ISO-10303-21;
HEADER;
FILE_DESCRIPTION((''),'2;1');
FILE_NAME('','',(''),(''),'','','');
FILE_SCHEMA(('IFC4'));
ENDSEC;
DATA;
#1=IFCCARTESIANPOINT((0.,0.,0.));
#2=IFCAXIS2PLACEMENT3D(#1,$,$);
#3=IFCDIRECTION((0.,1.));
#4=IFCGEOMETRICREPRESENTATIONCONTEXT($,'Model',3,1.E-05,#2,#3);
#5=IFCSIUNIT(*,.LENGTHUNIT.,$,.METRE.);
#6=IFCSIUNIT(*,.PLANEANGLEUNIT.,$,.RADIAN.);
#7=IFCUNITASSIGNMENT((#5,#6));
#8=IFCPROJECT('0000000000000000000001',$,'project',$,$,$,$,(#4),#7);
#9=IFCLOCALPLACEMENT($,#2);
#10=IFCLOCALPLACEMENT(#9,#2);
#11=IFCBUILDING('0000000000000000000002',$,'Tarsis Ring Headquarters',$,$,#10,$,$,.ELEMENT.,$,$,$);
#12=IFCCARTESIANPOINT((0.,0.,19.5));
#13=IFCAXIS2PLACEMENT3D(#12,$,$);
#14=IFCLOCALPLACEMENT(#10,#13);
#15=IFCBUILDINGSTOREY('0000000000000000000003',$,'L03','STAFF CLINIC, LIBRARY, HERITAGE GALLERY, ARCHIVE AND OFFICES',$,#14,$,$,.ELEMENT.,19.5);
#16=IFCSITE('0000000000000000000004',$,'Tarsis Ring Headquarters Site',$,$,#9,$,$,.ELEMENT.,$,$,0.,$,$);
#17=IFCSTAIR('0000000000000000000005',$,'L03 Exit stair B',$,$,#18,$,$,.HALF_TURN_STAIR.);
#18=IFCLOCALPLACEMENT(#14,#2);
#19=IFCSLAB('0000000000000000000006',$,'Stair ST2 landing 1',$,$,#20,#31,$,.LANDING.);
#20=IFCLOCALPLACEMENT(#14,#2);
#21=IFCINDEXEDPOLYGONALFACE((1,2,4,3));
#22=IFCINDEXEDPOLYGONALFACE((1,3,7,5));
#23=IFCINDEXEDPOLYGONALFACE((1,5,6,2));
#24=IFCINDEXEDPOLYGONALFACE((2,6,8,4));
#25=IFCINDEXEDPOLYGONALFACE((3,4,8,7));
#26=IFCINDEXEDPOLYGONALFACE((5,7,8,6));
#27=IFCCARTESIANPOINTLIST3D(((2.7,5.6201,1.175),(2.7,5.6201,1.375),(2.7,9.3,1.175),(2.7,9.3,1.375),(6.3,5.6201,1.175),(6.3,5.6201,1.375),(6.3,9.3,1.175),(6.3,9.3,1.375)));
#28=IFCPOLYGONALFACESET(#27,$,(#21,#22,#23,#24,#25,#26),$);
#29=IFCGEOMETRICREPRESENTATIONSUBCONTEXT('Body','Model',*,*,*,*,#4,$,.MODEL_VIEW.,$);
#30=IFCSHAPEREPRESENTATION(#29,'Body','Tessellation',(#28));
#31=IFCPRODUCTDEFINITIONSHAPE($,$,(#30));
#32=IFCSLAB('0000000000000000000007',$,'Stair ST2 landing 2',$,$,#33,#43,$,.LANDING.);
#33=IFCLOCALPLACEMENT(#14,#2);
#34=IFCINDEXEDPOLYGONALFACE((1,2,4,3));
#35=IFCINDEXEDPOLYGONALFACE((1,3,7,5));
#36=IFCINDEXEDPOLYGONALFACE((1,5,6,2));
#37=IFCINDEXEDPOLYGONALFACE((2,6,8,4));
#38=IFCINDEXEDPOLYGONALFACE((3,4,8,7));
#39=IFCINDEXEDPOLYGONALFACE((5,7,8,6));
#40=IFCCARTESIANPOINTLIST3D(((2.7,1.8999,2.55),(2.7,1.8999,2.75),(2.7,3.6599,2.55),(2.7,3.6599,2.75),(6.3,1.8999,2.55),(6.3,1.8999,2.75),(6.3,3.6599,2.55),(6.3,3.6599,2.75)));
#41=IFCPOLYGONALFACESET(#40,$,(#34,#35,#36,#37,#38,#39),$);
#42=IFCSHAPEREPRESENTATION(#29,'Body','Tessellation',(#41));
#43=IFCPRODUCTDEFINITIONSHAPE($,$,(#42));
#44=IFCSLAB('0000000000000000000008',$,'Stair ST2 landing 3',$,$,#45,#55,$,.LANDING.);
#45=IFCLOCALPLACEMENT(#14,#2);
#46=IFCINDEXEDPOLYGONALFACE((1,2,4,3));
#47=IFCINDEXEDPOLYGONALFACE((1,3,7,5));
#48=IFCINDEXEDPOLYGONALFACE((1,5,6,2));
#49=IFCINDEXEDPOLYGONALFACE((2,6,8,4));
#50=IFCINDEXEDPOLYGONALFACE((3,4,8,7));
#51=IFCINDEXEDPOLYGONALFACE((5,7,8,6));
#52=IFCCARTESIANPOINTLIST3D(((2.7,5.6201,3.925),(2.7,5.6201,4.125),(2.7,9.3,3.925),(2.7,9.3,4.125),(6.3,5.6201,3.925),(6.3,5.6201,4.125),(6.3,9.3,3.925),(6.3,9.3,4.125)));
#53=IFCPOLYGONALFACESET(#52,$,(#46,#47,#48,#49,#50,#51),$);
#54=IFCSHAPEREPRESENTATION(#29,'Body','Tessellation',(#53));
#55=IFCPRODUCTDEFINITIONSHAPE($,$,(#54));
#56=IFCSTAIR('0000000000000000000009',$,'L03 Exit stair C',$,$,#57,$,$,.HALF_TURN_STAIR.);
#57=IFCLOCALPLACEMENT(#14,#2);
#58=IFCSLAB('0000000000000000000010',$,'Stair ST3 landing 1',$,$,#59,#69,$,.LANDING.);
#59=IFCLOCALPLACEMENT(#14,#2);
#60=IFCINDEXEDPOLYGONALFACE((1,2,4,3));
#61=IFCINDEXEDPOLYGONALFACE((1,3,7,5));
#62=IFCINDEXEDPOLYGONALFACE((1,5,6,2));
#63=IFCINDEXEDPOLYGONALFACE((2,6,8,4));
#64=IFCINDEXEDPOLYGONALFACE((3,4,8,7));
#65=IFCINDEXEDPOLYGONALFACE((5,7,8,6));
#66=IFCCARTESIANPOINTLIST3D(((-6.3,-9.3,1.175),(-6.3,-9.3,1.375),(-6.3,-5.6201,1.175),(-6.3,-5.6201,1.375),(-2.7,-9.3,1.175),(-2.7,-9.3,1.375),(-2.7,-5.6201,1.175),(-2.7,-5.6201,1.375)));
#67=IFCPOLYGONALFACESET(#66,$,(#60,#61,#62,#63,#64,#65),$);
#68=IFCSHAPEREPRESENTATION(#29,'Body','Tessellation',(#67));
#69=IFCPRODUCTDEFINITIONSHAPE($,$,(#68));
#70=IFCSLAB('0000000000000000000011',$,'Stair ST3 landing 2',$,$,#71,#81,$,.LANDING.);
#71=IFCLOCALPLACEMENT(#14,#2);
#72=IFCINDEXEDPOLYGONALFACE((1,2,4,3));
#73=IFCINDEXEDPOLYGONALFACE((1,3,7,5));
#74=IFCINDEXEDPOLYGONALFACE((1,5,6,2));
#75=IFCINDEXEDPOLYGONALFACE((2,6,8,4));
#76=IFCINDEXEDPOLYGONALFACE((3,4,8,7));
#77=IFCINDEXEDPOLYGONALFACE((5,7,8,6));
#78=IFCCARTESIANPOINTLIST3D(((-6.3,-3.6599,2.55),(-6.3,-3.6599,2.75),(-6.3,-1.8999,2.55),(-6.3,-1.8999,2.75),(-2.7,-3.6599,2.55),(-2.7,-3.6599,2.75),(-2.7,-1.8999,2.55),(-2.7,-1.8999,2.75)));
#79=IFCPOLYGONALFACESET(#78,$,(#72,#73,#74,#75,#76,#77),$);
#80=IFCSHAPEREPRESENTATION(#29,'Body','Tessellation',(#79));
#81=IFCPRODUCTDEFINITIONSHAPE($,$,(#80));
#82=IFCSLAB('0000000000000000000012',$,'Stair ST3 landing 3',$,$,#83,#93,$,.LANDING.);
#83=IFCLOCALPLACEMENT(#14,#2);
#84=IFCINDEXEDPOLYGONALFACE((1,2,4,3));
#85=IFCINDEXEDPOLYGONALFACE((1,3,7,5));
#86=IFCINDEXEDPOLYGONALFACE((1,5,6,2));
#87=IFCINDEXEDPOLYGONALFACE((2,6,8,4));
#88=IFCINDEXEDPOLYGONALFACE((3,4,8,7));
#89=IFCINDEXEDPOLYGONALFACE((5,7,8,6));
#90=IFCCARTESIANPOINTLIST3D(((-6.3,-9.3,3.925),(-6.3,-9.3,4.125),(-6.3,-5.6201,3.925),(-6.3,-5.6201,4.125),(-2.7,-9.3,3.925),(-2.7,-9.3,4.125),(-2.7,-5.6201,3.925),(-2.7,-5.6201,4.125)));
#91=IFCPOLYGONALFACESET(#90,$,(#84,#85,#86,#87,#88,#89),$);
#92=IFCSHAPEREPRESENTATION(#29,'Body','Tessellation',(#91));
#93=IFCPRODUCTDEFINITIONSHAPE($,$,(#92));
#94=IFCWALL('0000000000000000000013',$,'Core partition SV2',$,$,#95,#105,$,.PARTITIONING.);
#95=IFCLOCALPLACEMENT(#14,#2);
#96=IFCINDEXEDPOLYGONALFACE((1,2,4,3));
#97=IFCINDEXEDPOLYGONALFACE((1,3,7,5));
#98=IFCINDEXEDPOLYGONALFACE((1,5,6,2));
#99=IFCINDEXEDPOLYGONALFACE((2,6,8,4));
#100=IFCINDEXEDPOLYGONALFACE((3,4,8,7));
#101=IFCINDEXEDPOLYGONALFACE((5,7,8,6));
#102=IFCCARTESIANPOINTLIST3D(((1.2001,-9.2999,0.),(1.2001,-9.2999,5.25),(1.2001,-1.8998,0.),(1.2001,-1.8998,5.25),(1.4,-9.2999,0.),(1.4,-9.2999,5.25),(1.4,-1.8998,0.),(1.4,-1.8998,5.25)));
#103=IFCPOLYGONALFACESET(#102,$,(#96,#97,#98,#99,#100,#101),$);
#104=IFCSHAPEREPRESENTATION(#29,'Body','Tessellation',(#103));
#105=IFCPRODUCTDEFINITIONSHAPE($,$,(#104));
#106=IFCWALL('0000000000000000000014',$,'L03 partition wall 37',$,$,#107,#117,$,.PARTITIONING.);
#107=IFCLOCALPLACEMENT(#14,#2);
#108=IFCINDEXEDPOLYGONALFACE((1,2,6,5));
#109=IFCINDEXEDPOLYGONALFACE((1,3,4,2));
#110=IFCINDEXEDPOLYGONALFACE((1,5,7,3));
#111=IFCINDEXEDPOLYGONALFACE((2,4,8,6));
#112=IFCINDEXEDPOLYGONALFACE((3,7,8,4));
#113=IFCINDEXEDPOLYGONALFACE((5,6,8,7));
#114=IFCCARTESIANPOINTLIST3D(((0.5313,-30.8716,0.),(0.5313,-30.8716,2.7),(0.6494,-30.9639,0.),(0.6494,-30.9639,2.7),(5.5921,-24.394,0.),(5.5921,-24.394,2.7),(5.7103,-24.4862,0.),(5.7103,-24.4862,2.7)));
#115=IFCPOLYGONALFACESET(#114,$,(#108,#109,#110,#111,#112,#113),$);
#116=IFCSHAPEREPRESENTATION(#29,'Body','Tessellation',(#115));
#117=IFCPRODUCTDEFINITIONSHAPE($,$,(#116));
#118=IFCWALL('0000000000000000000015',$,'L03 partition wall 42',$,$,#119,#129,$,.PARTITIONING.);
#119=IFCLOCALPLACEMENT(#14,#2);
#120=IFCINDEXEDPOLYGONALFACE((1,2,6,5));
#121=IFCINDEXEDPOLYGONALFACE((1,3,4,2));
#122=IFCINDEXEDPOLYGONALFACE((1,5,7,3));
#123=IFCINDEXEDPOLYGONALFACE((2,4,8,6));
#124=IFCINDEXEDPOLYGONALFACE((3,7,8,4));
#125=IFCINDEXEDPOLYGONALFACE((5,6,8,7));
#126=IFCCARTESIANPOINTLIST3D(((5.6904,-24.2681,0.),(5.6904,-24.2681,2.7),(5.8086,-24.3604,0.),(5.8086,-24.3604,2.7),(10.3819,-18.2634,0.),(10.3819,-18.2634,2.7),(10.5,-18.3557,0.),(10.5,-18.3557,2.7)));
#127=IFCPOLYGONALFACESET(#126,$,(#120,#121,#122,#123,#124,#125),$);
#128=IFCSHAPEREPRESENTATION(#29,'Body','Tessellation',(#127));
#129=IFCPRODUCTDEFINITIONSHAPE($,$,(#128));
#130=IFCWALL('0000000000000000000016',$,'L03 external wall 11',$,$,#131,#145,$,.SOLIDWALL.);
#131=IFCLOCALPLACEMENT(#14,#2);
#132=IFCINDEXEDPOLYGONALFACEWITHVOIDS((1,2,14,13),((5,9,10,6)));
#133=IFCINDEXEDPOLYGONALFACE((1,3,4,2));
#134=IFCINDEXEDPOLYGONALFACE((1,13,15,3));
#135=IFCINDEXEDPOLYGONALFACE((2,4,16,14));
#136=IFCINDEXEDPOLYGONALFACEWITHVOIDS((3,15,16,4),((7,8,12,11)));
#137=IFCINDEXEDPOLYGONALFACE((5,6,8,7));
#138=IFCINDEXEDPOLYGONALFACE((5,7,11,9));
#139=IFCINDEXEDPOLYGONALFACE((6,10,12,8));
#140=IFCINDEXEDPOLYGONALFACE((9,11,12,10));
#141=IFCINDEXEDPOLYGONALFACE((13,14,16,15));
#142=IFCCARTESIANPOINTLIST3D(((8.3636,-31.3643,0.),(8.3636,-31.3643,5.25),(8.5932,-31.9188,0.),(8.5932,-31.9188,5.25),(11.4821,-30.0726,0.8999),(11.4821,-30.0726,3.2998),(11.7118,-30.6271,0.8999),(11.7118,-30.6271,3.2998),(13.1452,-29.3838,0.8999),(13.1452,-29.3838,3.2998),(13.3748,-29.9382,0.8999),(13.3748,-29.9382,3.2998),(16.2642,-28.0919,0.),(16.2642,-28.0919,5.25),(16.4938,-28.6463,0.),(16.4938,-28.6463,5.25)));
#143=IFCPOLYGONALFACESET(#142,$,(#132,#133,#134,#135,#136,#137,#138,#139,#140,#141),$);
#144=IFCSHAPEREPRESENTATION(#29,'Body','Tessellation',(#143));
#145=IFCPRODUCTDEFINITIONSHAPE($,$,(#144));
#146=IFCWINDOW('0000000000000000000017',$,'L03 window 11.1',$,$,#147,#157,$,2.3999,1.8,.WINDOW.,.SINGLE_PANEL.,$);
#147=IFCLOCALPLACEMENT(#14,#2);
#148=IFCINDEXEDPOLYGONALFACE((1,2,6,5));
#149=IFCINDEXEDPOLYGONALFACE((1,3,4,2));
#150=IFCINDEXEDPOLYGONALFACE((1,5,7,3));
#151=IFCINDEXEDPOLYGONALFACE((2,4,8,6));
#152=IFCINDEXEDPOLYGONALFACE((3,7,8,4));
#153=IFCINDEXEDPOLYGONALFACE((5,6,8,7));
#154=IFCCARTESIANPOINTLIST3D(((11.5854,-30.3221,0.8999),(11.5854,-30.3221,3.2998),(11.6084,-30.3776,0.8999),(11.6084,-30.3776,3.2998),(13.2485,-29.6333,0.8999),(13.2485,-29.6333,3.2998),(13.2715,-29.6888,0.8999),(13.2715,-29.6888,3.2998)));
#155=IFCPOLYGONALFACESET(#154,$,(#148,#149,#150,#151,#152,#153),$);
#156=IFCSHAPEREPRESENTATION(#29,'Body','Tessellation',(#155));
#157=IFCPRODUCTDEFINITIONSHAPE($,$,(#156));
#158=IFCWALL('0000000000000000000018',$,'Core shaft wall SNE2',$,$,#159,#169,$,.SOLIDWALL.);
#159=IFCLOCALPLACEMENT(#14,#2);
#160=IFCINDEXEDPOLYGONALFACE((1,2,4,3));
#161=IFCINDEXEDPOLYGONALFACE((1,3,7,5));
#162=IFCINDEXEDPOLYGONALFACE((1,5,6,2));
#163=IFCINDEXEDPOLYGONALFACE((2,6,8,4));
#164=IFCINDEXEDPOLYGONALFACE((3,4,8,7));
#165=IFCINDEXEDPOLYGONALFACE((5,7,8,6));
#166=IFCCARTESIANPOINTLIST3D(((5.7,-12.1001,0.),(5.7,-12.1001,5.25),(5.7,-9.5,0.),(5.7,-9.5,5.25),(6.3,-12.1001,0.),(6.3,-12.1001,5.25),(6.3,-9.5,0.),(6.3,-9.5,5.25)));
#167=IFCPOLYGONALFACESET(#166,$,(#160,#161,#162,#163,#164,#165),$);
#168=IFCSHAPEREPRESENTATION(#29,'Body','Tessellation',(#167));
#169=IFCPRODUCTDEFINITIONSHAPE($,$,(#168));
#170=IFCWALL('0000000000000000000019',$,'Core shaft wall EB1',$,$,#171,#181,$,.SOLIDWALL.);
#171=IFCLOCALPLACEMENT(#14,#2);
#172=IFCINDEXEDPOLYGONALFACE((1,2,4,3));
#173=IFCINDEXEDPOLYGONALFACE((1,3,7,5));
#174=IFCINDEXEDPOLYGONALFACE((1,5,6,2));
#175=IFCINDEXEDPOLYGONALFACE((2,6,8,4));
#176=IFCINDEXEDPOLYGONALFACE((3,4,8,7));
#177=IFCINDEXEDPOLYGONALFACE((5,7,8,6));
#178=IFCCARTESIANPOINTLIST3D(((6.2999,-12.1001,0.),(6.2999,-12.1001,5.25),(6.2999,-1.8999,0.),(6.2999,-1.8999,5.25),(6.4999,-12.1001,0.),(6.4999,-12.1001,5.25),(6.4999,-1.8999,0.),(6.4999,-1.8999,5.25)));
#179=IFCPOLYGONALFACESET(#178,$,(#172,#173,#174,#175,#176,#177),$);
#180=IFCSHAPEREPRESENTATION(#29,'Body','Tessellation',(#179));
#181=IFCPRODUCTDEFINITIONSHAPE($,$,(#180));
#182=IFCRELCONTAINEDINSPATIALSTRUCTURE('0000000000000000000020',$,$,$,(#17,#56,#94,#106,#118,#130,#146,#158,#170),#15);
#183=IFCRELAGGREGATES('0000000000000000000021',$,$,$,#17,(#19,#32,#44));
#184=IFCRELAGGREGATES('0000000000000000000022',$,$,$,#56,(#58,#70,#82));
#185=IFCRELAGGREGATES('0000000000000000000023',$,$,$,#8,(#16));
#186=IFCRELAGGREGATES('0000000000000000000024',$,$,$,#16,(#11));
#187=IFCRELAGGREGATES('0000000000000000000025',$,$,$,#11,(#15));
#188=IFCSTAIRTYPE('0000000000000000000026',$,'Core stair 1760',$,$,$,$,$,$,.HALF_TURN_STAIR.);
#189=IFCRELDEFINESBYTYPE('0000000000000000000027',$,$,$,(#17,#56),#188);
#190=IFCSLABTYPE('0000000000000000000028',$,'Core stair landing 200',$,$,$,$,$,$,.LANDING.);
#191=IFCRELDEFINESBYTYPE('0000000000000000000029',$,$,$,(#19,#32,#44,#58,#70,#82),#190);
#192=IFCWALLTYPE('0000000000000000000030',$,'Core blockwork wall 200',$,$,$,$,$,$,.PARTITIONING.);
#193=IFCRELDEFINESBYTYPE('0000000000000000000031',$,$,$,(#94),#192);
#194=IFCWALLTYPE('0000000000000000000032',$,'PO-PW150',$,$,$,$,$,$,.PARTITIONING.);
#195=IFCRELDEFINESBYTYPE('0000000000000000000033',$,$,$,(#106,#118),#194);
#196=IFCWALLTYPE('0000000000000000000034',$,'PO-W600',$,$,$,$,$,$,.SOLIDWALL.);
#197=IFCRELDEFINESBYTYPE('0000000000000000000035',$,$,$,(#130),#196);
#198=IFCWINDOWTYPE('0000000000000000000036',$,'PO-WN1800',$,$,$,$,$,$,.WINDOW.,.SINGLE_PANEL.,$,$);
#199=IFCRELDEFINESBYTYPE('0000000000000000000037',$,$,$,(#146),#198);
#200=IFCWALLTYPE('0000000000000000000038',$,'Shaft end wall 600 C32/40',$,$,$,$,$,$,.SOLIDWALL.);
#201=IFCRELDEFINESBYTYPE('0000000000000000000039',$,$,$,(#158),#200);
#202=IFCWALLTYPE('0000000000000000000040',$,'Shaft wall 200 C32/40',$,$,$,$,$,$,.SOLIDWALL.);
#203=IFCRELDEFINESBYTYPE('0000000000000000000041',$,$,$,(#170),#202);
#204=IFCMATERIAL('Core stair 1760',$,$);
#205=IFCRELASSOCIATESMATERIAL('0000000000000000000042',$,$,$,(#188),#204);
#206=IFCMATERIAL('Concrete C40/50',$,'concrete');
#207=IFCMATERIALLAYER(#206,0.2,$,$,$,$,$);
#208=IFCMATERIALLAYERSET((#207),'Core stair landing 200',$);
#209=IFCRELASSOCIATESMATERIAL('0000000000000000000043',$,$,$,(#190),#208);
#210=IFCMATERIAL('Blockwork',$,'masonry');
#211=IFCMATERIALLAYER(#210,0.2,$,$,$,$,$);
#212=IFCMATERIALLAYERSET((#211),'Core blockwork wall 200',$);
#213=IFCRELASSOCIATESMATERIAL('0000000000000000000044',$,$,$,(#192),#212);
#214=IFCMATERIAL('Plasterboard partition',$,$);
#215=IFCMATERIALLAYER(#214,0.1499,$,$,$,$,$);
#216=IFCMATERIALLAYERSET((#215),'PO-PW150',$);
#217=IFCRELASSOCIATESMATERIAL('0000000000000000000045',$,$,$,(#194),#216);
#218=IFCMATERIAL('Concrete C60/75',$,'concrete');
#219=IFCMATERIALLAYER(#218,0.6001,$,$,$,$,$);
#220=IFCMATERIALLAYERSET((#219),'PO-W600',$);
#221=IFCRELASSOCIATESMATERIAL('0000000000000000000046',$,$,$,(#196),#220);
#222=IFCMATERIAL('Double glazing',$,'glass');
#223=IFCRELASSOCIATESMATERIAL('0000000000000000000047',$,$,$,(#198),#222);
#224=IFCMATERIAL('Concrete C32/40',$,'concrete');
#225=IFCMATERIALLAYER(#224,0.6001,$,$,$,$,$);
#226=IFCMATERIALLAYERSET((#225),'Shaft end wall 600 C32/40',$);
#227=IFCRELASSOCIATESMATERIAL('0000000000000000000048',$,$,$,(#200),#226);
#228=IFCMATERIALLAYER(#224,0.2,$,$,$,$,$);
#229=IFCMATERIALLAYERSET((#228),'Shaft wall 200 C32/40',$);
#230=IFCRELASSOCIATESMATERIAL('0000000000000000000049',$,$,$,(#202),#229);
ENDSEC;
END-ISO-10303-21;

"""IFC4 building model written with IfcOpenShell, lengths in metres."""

from ifc_helpers import new_model, si_unit, direction, frame, frame_2d, origin, place, context, subcontext, project, spatial, polyline, rectangle, outline, extrude, material, layer, layer_set, type_object, element, fill, aggregate, save


model = new_model("IFC4")

# Units and contexts
model_context = context("Model", 3, precision=1e-05, world=origin(), true_north=direction((0.0, 1.0)))
body_context = subcontext(model_context, "Body", "Model", "MODEL_VIEW")
ifc_project = project(units=[si_unit("LENGTHUNIT", "METRE"), si_unit("PLANEANGLEUNIT", "RADIAN")], contexts=[model_context])

# Site, building, storey
site_placement = place(None, origin())
site = spatial("IfcSite", under=ifc_project, at=site_placement, Name="Tarsis Ring Headquarters Site", CompositionType="ELEMENT", RefElevation=0.0)
building_placement = place(site_placement, origin())
building = spatial("IfcBuilding", under=site, at=building_placement, Name="Tarsis Ring Headquarters", CompositionType="ELEMENT")
storey_placement = place(building_placement, frame((0.0, 0.0, 19.5)))
storey = spatial("IfcBuildingStorey", under=building, at=storey_placement, Name="L03", Description="STAFF CLINIC, LIBRARY, HERITAGE GALLERY, ARCHIVE AND OFFICES", CompositionType="ELEMENT", Elevation=19.5)

# Shared definitions
ifc_material_1 = material(Name="Concrete C40/50", Category="concrete")

# Stairs, slabs
ifc_material_2 = material(Name="Core stair 1760")
stair_type = type_object("IfcStairType", Name="Core stair 1760", PredefinedType="HALF_TURN_STAIR", material=ifc_material_2)
ifc_layer_1 = layer(ifc_material_1, 0.2)
ifc_layer_set_1 = layer_set([ifc_layer_1], Name="Core stair landing 200")
slab_type_1 = type_object("IfcSlabType", Name="Core stair landing 200", PredefinedType="LANDING", material=ifc_layer_set_1)
stair_1_placement = place(storey_placement, origin())
stair_1 = element("IfcStair", 1, at=stair_1_placement, inside=storey, type_object=stair_type, Name="L03 Exit stair B", PredefinedType="HALF_TURN_STAIR")
slab_1_placement = place(storey_placement, frame((0.0, 0.0, 1.175)))
slab_1 = element("IfcSlab", 2, at=slab_1_placement, type_object=slab_type_1, Name="Stair ST2 landing 1", PredefinedType="LANDING", context=body_context, shape_type="SweptSolid", body=[
    extrude(outline(polyline([(6.3, 5.6201), (6.3, 9.3), (2.7, 9.3), (2.7, 5.6201), (6.3, 5.6201)])), origin(), (0.0, 0.0, 1.0), 0.2),
])
slab_2_placement = place(storey_placement, frame((0.0, 0.0, 2.55)))
slab_2 = element("IfcSlab", 3, at=slab_2_placement, type_object=slab_type_1, Name="Stair ST2 landing 2", PredefinedType="LANDING", context=body_context, shape_type="SweptSolid", body=[
    extrude(outline(polyline([(6.3, 1.8999), (6.3, 3.6599), (2.7, 3.6599), (2.7, 1.8999), (6.3, 1.8999)])), origin(), (0.0, 0.0, 1.0), 0.2),
])
slab_3_placement = place(storey_placement, frame((0.0, 0.0, 3.925)))
slab_3 = element("IfcSlab", 4, at=slab_3_placement, type_object=slab_type_1, Name="Stair ST2 landing 3", PredefinedType="LANDING", context=body_context, shape_type="SweptSolid", body=[
    extrude(outline(polyline([(6.3, 5.6201), (6.3, 9.3), (2.7, 9.3), (2.7, 5.6201), (6.3, 5.6201)])), origin(), (0.0, 0.0, 1.0), 0.2),
])
aggregate(stair_1, [slab_1, slab_2, slab_3])
stair_2_placement = place(storey_placement, origin())
stair_2 = element("IfcStair", 5, at=stair_2_placement, inside=storey, type_object=stair_type, Name="L03 Exit stair C", PredefinedType="HALF_TURN_STAIR")
slab_4_placement = place(storey_placement, frame((0.0, 0.0, 1.175)))
slab_4 = element("IfcSlab", 6, at=slab_4_placement, type_object=slab_type_1, Name="Stair ST3 landing 1", PredefinedType="LANDING", context=body_context, shape_type="SweptSolid", body=[
    extrude(outline(polyline([(-6.3, -5.6201), (-6.3, -9.3), (-2.7, -9.3), (-2.7, -5.6201), (-6.3, -5.6201)])), origin(), (0.0, 0.0, 1.0), 0.2),
])
slab_5_placement = place(storey_placement, frame((0.0, 0.0, 2.55)))
slab_5 = element("IfcSlab", 7, at=slab_5_placement, type_object=slab_type_1, Name="Stair ST3 landing 2", PredefinedType="LANDING", context=body_context, shape_type="SweptSolid", body=[
    extrude(outline(polyline([(-6.3, -1.8999), (-6.3, -3.6599), (-2.7, -3.6599), (-2.7, -1.8999), (-6.3, -1.8999)])), origin(), (0.0, 0.0, 1.0), 0.2),
])
slab_6_placement = place(storey_placement, frame((0.0, 0.0, 3.925)))
slab_6 = element("IfcSlab", 8, at=slab_6_placement, type_object=slab_type_1, Name="Stair ST3 landing 3", PredefinedType="LANDING", context=body_context, shape_type="SweptSolid", body=[
    extrude(outline(polyline([(-6.3, -5.6201), (-6.3, -9.3), (-2.7, -9.3), (-2.7, -5.6201), (-6.3, -5.6201)])), origin(), (0.0, 0.0, 1.0), 0.2),
])
aggregate(stair_2, [slab_4, slab_5, slab_6])

# Walls
ifc_material_3 = material(Name="Blockwork", Category="masonry")
ifc_layer_2 = layer(ifc_material_3, 0.2)
ifc_layer_set_2 = layer_set([ifc_layer_2], Name="Core blockwork wall 200")
wall_type_1 = type_object("IfcWallType", Name="Core blockwork wall 200", PredefinedType="PARTITIONING", material=ifc_layer_set_2)
wall_1_placement = place(storey_placement, frame((1.3, -9.3, 0.0), z_axis=(0.0, 0.0, 1.0), x_axis=(0.0, 1.0, 0.0)))
element("IfcWall", 9, at=wall_1_placement, inside=storey, type_object=wall_type_1, Name="Core partition SV2", PredefinedType="PARTITIONING", context=body_context, shape_type="SweptSolid", body=[
    extrude(rectangle(XDim=7.4001, YDim=0.2, at=frame_2d((3.7002, 0.0))), origin(), (0.0, 0.0, 1.0), 5.25),
])
ifc_material_4 = material(Name="Plasterboard partition")
ifc_layer_3 = layer(ifc_material_4, 0.1499)
ifc_layer_set_3 = layer_set([ifc_layer_3], Name="PO-PW150")
wall_type_2 = type_object("IfcWallType", Name="PO-PW150", PredefinedType="PARTITIONING", material=ifc_layer_set_3)
wall_2_placement = place(storey_placement, frame((0.5903, -30.9177, 0.0), z_axis=(0.0, 0.0, 1.0), x_axis=(0.61566, 0.788012, 0.0)))
element("IfcWall", 10, at=wall_2_placement, inside=storey, type_object=wall_type_2, Name="L03 partition wall 37", PredefinedType="PARTITIONING", context=body_context, shape_type="SweptSolid", body=[
    extrude(rectangle(XDim=8.2202, YDim=0.1499, at=frame_2d((4.1101, 0.0))), origin(), (0.0, 0.0, 1.0), 2.7),
])
wall_3_placement = place(storey_placement, frame((5.7495, -24.3142, 0.0), z_axis=(0.0, 0.0, 1.0), x_axis=(0.615667, 0.788006, 0.0)))
element("IfcWall", 11, at=wall_3_placement, inside=storey, type_object=wall_type_2, Name="L03 partition wall 42", PredefinedType="PARTITIONING", context=body_context, shape_type="SweptSolid", body=[
    extrude(rectangle(XDim=7.6201, YDim=0.1499, at=frame_2d((3.8101, 0.0))), origin(), (0.0, 0.0, 1.0), 2.7),
])

# Wall, opening, window
ifc_material_5 = material(Name="Concrete C60/75", Category="concrete")
ifc_layer_4 = layer(ifc_material_5, 0.6001)
ifc_layer_set_4 = layer_set([ifc_layer_4], Name="PO-W600")
wall_type_3 = type_object("IfcWallType", Name="PO-W600", PredefinedType="SOLIDWALL", material=ifc_layer_set_4)
wall_4_placement = place(storey_placement, frame((8.4783, -31.6416, 0.0), z_axis=(0.0, 0.0, 1.0), x_axis=(0.923883, 0.382675, 0.0)))
wall_4 = element("IfcWall", 12, at=wall_4_placement, inside=storey, type_object=wall_type_3, Name="L03 external wall 11", PredefinedType="SOLIDWALL", context=body_context, shape_type="SweptSolid", body=[
    extrude(rectangle(XDim=8.5515, YDim=0.6001, at=frame_2d((4.2759, 0.0))), origin(), (0.0, 0.0, 1.0), 5.25),
])
opening_placement = place(wall_4_placement, frame((3.3757, 0.0, 0.8999)))
opening = element("IfcOpeningElement", 13, at=opening_placement, cuts=wall_4, PredefinedType="OPENING", context=body_context, shape_type="SweptSolid", body=[
    extrude(rectangle(XDim=1.8, YDim=2.3999, at=frame_2d((0.8999, 1.2))), frame((0.0, 0.3101, 0.0), z_axis=(0.0, -1.0, 0.0), x_axis=(1.0, 0.0, 0.0)), (0.0, 0.0, 1.0), 0.6201),
])
ifc_material_6 = material(Name="Double glazing", Category="glass")
window_type = type_object("IfcWindowType", Name="PO-WN1800", PartitioningType="SINGLE_PANEL", PredefinedType="WINDOW", material=ifc_material_6)
window_placement = place(opening_placement, origin())
window = element("IfcWindow", 14, at=window_placement, inside=storey, type_object=window_type, Name="L03 window 11.1", OverallHeight=2.3999, OverallWidth=1.8, PartitioningType="SINGLE_PANEL", PredefinedType="WINDOW", context=body_context, shape_type="SweptSolid", body=[
    extrude(rectangle(XDim=1.8, YDim=2.3999, at=frame_2d((0.8999, 1.2))), frame((0.0, 0.03, 0.0), z_axis=(0.0, -1.0, 0.0), x_axis=(1.0, 0.0, 0.0)), (0.0, 0.0, 1.0), 0.0601),
])
fill(opening, window)

# Walls
ifc_material_7 = material(Name="Concrete C32/40", Category="concrete")
ifc_layer_5 = layer(ifc_material_7, 0.6001)
ifc_layer_set_5 = layer_set([ifc_layer_5], Name="Shaft end wall 600 C32/40")
wall_type_4 = type_object("IfcWallType", Name="Shaft end wall 600 C32/40", PredefinedType="SOLIDWALL", material=ifc_layer_set_5)
wall_5_placement = place(storey_placement, frame((6.0, -12.1001, 0.0), z_axis=(0.0, 0.0, 1.0), x_axis=(0.0, 1.0, 0.0)))
element("IfcWall", 15, at=wall_5_placement, inside=storey, type_object=wall_type_4, Name="Core shaft wall SNE2", PredefinedType="SOLIDWALL", context=body_context, shape_type="SweptSolid", body=[
    extrude(rectangle(XDim=2.6001, YDim=0.6001, at=frame_2d((1.3, 0.0))), origin(), (0.0, 0.0, 1.0), 5.25),
])
ifc_layer_6 = layer(ifc_material_7, 0.2)
ifc_layer_set_6 = layer_set([ifc_layer_6], Name="Shaft wall 200 C32/40")
wall_type_5 = type_object("IfcWallType", Name="Shaft wall 200 C32/40", PredefinedType="SOLIDWALL", material=ifc_layer_set_6)
wall_6_placement = place(storey_placement, frame((6.3999, -12.1001, 0.0), z_axis=(0.0, 0.0, 1.0), x_axis=(0.0, 1.0, 0.0)))
element("IfcWall", 16, at=wall_6_placement, inside=storey, type_object=wall_type_5, Name="Core shaft wall EB1", PredefinedType="SOLIDWALL", context=body_context, shape_type="SweptSolid", body=[
    extrude(rectangle(XDim=10.2002, YDim=0.2, at=frame_2d((5.1001, 0.0))), origin(), (0.0, 0.0, 1.0), 5.25),
])

save(model, "model.ifc")
